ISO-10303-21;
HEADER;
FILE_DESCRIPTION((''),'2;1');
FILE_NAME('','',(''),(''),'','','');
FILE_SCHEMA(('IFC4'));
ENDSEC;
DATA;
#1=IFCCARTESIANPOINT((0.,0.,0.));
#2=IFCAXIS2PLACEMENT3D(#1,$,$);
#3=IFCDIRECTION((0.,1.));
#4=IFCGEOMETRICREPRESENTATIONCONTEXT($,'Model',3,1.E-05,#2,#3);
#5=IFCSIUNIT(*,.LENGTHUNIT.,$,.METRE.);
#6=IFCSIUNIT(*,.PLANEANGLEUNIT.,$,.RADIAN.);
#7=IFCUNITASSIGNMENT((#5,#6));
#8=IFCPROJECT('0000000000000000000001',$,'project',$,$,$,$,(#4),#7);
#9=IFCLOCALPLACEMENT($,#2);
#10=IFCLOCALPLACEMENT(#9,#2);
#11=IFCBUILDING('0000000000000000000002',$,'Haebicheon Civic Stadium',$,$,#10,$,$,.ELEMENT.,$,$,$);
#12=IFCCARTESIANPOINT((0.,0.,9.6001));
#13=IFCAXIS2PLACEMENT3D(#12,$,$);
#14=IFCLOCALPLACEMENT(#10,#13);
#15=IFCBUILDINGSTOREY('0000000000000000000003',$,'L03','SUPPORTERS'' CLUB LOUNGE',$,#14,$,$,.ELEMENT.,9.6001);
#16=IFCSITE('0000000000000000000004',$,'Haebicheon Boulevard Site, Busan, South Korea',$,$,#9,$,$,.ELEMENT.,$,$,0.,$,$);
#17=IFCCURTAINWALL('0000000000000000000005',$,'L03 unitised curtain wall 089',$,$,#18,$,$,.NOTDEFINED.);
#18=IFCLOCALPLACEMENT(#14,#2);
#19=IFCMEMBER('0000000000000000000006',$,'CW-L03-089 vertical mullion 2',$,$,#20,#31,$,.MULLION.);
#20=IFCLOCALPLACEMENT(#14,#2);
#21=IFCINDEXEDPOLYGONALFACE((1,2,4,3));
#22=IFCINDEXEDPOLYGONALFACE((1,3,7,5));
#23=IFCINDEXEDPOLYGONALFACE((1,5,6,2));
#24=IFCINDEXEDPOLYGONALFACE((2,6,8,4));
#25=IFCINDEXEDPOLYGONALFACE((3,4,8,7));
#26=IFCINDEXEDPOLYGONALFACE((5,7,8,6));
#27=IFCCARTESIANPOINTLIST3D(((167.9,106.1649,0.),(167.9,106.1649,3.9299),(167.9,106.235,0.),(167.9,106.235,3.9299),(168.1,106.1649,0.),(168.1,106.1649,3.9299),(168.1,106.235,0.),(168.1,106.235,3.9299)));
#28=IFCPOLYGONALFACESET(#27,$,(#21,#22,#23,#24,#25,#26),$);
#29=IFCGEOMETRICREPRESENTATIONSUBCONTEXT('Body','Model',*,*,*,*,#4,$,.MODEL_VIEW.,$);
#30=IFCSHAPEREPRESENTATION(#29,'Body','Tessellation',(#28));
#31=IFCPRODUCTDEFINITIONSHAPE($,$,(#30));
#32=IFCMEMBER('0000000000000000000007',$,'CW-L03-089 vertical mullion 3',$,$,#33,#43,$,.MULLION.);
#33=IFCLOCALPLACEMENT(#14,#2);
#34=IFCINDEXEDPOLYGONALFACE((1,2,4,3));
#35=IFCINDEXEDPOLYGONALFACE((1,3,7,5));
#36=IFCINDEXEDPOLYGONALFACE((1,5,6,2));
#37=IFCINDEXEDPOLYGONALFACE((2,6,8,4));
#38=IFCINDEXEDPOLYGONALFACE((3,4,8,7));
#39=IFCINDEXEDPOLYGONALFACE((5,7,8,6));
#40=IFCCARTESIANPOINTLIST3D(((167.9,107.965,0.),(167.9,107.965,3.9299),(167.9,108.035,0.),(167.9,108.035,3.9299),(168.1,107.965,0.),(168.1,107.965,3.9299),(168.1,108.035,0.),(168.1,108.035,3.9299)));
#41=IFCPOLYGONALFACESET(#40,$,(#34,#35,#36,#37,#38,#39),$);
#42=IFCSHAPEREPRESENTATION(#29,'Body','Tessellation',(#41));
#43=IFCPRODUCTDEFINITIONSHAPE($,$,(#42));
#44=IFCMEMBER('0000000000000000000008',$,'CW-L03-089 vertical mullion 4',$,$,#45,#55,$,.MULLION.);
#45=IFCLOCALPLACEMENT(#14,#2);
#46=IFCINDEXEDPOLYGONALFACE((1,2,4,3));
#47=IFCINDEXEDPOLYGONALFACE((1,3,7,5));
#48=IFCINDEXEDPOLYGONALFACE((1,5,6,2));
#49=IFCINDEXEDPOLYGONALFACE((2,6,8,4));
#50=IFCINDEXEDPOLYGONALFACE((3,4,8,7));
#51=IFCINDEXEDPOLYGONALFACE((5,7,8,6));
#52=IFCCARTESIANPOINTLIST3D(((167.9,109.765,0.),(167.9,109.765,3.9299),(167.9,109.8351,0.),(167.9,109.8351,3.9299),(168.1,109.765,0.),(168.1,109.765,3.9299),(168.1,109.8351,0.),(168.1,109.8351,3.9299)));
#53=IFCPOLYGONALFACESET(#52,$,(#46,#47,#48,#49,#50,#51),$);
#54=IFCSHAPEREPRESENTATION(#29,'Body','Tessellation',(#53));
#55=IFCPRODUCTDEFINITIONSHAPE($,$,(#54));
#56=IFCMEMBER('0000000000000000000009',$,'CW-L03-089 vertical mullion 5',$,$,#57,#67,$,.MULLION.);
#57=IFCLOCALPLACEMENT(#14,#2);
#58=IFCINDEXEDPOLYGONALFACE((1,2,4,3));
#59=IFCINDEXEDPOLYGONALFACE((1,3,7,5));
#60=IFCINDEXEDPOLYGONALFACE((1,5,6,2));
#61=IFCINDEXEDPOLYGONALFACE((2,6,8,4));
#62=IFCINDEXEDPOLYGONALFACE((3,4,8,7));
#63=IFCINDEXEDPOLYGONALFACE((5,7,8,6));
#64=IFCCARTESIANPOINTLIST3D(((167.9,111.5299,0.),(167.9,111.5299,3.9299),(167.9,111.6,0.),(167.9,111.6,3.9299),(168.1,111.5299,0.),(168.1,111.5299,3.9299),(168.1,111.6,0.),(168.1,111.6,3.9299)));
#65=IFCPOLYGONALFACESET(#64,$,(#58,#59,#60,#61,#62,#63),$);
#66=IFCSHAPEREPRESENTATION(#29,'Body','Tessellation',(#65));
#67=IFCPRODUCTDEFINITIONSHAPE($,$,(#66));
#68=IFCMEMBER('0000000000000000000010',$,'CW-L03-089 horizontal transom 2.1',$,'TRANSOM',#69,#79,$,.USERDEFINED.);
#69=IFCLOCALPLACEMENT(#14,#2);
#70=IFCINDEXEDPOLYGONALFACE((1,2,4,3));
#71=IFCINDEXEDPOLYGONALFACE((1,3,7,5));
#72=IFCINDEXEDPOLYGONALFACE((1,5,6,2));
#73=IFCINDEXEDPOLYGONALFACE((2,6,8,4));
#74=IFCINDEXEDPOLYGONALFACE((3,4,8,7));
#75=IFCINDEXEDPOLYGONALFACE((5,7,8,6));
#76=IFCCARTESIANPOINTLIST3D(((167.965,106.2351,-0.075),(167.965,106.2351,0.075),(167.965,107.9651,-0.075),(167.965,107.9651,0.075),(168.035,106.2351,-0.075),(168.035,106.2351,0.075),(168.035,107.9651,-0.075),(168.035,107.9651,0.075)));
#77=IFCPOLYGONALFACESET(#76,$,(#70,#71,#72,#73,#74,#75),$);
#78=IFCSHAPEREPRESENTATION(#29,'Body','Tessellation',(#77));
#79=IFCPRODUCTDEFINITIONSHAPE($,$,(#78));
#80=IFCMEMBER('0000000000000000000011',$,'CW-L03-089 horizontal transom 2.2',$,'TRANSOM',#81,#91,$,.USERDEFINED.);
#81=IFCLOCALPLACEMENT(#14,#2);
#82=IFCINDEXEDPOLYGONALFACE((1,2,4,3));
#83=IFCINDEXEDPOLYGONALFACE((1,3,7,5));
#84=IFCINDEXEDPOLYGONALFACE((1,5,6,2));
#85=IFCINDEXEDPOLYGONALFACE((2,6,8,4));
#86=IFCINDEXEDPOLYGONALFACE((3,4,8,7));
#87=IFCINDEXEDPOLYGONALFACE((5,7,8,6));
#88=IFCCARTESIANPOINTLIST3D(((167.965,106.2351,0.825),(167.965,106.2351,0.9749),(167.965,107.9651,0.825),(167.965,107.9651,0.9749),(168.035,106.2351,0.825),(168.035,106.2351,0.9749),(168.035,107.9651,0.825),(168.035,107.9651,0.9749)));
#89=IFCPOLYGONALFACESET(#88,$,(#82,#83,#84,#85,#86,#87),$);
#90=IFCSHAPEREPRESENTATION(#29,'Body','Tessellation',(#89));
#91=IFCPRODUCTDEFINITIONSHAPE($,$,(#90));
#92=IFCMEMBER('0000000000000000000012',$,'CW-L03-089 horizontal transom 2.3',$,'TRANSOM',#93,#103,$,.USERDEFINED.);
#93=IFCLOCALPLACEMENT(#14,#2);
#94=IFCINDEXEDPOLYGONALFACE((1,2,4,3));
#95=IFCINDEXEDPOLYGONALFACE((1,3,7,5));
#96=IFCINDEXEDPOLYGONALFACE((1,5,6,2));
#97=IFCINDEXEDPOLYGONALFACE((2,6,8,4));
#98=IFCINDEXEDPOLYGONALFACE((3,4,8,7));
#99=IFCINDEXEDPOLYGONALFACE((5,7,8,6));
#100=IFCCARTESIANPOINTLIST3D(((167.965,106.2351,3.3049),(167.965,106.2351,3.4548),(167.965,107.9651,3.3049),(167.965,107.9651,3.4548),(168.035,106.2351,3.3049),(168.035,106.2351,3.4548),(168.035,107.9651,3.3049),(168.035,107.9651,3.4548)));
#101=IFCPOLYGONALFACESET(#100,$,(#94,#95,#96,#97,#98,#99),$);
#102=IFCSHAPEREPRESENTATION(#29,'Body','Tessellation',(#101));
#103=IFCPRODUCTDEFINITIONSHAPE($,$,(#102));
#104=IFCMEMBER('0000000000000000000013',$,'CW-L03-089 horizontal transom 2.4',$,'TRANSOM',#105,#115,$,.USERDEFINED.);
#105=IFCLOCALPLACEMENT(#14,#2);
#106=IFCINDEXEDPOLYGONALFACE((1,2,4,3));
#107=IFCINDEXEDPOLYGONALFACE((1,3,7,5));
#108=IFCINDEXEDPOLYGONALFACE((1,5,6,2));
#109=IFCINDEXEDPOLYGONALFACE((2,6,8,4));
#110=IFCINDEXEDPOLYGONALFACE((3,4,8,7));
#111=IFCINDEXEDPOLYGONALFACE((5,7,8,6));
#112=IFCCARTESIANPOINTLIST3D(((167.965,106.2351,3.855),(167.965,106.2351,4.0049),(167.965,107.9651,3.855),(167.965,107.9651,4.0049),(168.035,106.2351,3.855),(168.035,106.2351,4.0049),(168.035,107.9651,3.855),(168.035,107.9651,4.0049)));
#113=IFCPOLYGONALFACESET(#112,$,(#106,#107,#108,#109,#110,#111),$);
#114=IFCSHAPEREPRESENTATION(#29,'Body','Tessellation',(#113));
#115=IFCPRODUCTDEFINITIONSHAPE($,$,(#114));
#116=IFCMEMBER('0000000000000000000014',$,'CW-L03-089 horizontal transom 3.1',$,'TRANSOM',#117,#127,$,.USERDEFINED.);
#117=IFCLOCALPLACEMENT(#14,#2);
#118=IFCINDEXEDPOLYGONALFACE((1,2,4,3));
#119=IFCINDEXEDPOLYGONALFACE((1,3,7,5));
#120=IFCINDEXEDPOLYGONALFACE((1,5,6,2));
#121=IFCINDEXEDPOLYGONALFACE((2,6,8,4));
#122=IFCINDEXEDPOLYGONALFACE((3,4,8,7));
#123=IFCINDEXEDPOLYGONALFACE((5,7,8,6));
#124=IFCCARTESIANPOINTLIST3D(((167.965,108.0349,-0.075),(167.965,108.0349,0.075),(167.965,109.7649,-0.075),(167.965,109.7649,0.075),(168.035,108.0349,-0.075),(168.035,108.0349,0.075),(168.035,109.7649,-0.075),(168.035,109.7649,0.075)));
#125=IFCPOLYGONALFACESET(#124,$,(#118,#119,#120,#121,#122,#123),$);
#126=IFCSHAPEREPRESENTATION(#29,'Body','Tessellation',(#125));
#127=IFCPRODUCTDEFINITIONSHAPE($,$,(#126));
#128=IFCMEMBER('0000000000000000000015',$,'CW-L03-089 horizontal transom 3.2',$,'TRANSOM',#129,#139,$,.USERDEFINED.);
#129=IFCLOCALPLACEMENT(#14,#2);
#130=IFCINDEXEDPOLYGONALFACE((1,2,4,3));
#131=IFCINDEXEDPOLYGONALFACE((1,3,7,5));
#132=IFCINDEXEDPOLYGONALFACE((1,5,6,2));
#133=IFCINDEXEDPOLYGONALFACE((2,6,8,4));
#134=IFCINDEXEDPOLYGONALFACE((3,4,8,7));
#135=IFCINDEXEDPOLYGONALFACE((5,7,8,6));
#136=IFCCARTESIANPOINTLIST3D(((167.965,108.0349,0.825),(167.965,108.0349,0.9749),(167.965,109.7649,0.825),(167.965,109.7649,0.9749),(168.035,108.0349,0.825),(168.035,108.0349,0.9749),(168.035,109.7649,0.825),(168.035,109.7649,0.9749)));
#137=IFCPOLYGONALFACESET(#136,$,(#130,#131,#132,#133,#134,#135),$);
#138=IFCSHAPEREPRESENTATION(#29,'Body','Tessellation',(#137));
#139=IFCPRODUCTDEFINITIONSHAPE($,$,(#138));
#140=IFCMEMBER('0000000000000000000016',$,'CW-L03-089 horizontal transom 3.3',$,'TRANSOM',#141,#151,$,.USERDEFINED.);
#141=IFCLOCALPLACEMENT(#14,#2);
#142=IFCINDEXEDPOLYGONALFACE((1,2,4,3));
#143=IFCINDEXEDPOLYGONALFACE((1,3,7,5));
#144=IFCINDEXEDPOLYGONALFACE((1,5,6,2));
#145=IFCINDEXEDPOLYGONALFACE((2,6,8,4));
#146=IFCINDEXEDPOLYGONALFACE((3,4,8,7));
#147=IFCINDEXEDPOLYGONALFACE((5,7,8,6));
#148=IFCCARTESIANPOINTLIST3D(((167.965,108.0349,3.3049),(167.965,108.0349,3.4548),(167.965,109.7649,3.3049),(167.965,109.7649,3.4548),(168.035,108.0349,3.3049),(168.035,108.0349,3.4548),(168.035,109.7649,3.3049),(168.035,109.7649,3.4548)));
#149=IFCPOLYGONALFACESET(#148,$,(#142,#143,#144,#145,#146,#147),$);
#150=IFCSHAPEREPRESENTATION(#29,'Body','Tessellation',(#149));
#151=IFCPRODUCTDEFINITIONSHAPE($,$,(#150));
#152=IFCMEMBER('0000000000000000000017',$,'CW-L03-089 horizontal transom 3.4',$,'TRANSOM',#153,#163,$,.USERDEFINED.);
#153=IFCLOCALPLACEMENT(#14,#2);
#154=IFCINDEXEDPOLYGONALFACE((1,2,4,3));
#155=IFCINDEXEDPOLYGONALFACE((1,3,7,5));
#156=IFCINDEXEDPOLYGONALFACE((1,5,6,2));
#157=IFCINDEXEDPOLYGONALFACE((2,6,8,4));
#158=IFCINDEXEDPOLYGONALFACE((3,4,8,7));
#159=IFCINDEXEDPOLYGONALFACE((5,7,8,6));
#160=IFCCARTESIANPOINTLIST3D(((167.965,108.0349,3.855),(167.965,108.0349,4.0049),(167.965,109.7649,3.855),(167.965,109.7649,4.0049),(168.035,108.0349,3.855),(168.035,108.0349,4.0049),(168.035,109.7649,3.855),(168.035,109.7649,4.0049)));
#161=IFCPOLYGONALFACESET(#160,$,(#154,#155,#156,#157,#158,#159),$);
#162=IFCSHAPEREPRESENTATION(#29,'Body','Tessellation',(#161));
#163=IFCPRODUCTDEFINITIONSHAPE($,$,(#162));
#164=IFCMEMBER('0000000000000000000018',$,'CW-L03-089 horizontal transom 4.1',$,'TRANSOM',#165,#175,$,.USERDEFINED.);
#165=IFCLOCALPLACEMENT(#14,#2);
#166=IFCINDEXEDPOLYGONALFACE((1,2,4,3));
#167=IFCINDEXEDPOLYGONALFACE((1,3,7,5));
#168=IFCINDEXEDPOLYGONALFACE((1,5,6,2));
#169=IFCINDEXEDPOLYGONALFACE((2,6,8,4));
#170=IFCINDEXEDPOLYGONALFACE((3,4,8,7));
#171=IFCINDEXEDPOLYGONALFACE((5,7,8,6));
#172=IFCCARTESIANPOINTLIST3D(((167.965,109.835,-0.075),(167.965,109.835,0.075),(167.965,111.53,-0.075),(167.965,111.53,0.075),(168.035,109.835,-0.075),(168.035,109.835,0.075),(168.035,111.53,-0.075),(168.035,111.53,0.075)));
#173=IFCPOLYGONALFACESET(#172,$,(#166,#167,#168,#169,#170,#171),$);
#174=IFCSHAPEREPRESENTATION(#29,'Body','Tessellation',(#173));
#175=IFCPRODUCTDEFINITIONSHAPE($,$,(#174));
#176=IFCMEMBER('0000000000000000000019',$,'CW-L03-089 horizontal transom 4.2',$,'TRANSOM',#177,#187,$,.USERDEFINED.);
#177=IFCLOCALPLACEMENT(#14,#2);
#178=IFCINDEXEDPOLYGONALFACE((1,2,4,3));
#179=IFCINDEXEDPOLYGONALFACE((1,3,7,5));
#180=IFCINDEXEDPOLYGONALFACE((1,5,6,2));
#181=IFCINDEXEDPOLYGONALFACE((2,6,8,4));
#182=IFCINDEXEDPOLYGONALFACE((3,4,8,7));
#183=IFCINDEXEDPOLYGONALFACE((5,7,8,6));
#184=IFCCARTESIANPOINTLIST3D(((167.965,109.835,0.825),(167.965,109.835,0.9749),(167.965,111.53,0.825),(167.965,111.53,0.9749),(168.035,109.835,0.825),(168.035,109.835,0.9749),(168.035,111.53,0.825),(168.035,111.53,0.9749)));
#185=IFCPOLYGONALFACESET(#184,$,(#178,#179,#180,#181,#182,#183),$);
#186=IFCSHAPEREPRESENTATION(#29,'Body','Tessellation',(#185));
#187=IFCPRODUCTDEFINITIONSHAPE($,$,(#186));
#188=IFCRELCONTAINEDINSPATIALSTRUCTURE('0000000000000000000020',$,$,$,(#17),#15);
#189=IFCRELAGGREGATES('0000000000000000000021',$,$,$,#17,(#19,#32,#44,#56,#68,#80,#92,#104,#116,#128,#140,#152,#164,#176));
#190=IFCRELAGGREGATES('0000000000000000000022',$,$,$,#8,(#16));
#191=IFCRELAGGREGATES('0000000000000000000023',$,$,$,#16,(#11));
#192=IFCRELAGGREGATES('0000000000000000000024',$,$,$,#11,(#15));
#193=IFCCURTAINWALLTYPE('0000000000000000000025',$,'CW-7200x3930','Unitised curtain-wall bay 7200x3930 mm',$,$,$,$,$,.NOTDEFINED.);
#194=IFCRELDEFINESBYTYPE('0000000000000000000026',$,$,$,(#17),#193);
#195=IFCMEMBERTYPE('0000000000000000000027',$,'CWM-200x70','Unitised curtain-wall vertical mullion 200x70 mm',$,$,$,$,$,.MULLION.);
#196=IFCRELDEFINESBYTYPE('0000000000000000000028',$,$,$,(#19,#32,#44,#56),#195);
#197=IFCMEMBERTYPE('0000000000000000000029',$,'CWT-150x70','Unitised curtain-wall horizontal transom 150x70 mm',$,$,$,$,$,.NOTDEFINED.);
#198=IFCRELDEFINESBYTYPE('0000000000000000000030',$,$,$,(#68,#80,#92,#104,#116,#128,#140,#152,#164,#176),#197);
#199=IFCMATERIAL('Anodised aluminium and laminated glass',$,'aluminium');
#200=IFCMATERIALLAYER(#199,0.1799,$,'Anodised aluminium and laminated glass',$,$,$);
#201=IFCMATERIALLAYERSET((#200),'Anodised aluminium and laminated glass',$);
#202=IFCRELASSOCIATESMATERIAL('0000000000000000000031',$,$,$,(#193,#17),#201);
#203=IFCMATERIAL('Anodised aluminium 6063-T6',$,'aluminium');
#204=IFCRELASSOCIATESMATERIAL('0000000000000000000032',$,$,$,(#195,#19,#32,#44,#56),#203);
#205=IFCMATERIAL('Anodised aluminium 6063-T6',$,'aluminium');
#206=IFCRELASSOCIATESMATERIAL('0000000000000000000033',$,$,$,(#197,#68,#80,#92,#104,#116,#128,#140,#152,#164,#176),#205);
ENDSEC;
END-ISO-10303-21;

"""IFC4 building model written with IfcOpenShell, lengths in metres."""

from ifc_helpers import new_model, si_unit, direction, frame, origin, origin_2d, place, context, subcontext, project, spatial, rectangle, extrude, material, layer, layer_set, material_profile, profile_set, type_object, element, aggregate, save


model = new_model("IFC4")

# Units and contexts
model_context = context("Model", 3, precision=1e-05, world=origin(), true_north=direction((0.0, 1.0)))
body_context = subcontext(model_context, "Body", "Model", "MODEL_VIEW")
ifc_project = project(units=[si_unit("LENGTHUNIT", "METRE"), si_unit("PLANEANGLEUNIT", "RADIAN")], contexts=[model_context])

# Site, building, storey
site_placement = place(None, origin())
site = spatial("IfcSite", under=ifc_project, at=site_placement, Name="Haebicheon Boulevard Site, Busan, South Korea", CompositionType="ELEMENT", RefElevation=0.0)
building_placement = place(site_placement, origin())
building = spatial("IfcBuilding", under=site, at=building_placement, Name="Haebicheon Civic Stadium", CompositionType="ELEMENT")
storey_placement = place(building_placement, frame((0.0, 0.0, 9.6001)))
storey = spatial("IfcBuildingStorey", under=building, at=storey_placement, Name="L03", Description="SUPPORTERS' CLUB LOUNGE", CompositionType="ELEMENT", Elevation=9.6001)

# Curtain wall, members
ifc_material_1 = material(Name="Anodised aluminium and laminated glass", Category="aluminium")
ifc_layer_1 = layer(ifc_material_1, 0.1799, Name="Anodised aluminium and laminated glass")
ifc_layer_set_1 = layer_set([ifc_layer_1], Name="Anodised aluminium and laminated glass")
curtain_wall_type = type_object("IfcCurtainWallType", Name="CW-7200x3930", Description="Unitised curtain-wall bay 7200x3930 mm", PredefinedType="NOTDEFINED", material=ifc_layer_set_1)
curtain_wall_placement = place(storey_placement, origin())
curtain_wall = element("IfcCurtainWall", 1, at=curtain_wall_placement, inside=storey, type_object=curtain_wall_type, material=ifc_layer_set_1, Name="L03 unitised curtain wall 089", PredefinedType="NOTDEFINED")
ifc_material_2 = material(Name="Anodised aluminium 6063-T6", Category="aluminium")
ifc_material_profile_1 = material_profile(ifc_material_2, rectangle(XDim=0.0701, YDim=0.2, at=origin_2d()), Name="ALU-MULL-70x200")
ifc_profile_set_1 = profile_set([ifc_material_profile_1], Name="Anodised aluminium 6063-T6")
member_type_1 = type_object("IfcMemberType", Name="CWM-200x70", Description="Unitised curtain-wall vertical mullion 200x70 mm", PredefinedType="MULLION", material=ifc_profile_set_1)
member_1_placement = place(storey_placement, frame((168.0, 106.2, 0.0), z_axis=(0.0, 0.0, 1.0), x_axis=(0.0, 1.0, 0.0)))
member_1 = element("IfcMember", 2, at=member_1_placement, type_object=member_type_1, material=ifc_profile_set_1, Name="CW-L03-089 vertical mullion 2", PredefinedType="MULLION", context=body_context, shape_type="SweptSolid", body=[
    extrude(rectangle(XDim=0.0701, YDim=0.2, at=origin_2d()), origin(), (0.0, 0.0, 1.0), 3.9299),
])
member_2_placement = place(storey_placement, frame((168.0, 108.0, 0.0), z_axis=(0.0, 0.0, 1.0), x_axis=(0.0, 1.0, 0.0)))
member_2 = element("IfcMember", 3, at=member_2_placement, type_object=member_type_1, material=ifc_profile_set_1, Name="CW-L03-089 vertical mullion 3", PredefinedType="MULLION", context=body_context, shape_type="SweptSolid", body=[
    extrude(rectangle(XDim=0.0701, YDim=0.2, at=origin_2d()), origin(), (0.0, 0.0, 1.0), 3.9299),
])
member_3_placement = place(storey_placement, frame((168.0, 109.8, 0.0), z_axis=(0.0, 0.0, 1.0), x_axis=(0.0, 1.0, 0.0)))
member_3 = element("IfcMember", 4, at=member_3_placement, type_object=member_type_1, material=ifc_profile_set_1, Name="CW-L03-089 vertical mullion 4", PredefinedType="MULLION", context=body_context, shape_type="SweptSolid", body=[
    extrude(rectangle(XDim=0.0701, YDim=0.2, at=origin_2d()), origin(), (0.0, 0.0, 1.0), 3.9299),
])
member_4_placement = place(storey_placement, frame((168.0, 111.5649, 0.0), z_axis=(0.0, 0.0, 1.0), x_axis=(0.0, 1.0, 0.0)))
member_4 = element("IfcMember", 5, at=member_4_placement, type_object=member_type_1, material=ifc_profile_set_1, Name="CW-L03-089 vertical mullion 5", PredefinedType="MULLION", context=body_context, shape_type="SweptSolid", body=[
    extrude(rectangle(XDim=0.0701, YDim=0.2, at=origin_2d()), origin(), (0.0, 0.0, 1.0), 3.9299),
])
ifc_material_3 = material(Name="Anodised aluminium 6063-T6", Category="aluminium")
ifc_material_profile_2 = material_profile(ifc_material_3, rectangle(XDim=0.0701, YDim=0.1499, at=origin_2d()), Name="ALU-TRAN-70x150")
ifc_profile_set_2 = profile_set([ifc_material_profile_2], Name="Anodised aluminium 6063-T6")
member_type_2 = type_object("IfcMemberType", Name="CWT-150x70", Description="Unitised curtain-wall horizontal transom 150x70 mm", PredefinedType="NOTDEFINED", material=ifc_profile_set_2)
member_5_placement = place(storey_placement, frame((168.0, 106.2351, 0.0), z_axis=(0.0, 1.0, 0.0), x_axis=(-1.0, 0.0, 0.0)))
member_5 = element("IfcMember", 6, at=member_5_placement, type_object=member_type_2, material=ifc_profile_set_2, Name="CW-L03-089 horizontal transom 2.1", ObjectType="TRANSOM", PredefinedType="USERDEFINED", context=body_context, shape_type="SweptSolid", body=[
    extrude(rectangle(XDim=0.0701, YDim=0.1499, at=origin_2d()), origin(), (0.0, 0.0, 1.0), 1.73),
])
member_6_placement = place(storey_placement, frame((168.0, 106.2351, 0.8999), z_axis=(0.0, 1.0, 0.0), x_axis=(-1.0, 0.0, 0.0)))
member_6 = element("IfcMember", 7, at=member_6_placement, type_object=member_type_2, material=ifc_profile_set_2, Name="CW-L03-089 horizontal transom 2.2", ObjectType="TRANSOM", PredefinedType="USERDEFINED", context=body_context, shape_type="SweptSolid", body=[
    extrude(rectangle(XDim=0.0701, YDim=0.1499, at=origin_2d()), origin(), (0.0, 0.0, 1.0), 1.73),
])
member_7_placement = place(storey_placement, frame((168.0, 106.2351, 3.3799), z_axis=(0.0, 1.0, 0.0), x_axis=(-1.0, 0.0, 0.0)))
member_7 = element("IfcMember", 8, at=member_7_placement, type_object=member_type_2, material=ifc_profile_set_2, Name="CW-L03-089 horizontal transom 2.3", ObjectType="TRANSOM", PredefinedType="USERDEFINED", context=body_context, shape_type="SweptSolid", body=[
    extrude(rectangle(XDim=0.0701, YDim=0.1499, at=origin_2d()), origin(), (0.0, 0.0, 1.0), 1.73),
])
member_8_placement = place(storey_placement, frame((168.0, 106.2351, 3.9299), z_axis=(0.0, 1.0, 0.0), x_axis=(-1.0, 0.0, 0.0)))
member_8 = element("IfcMember", 9, at=member_8_placement, type_object=member_type_2, material=ifc_profile_set_2, Name="CW-L03-089 horizontal transom 2.4", ObjectType="TRANSOM", PredefinedType="USERDEFINED", context=body_context, shape_type="SweptSolid", body=[
    extrude(rectangle(XDim=0.0701, YDim=0.1499, at=origin_2d()), origin(), (0.0, 0.0, 1.0), 1.73),
])
member_9_placement = place(storey_placement, frame((168.0, 108.0349, 0.0), z_axis=(0.0, 1.0, 0.0), x_axis=(-1.0, 0.0, 0.0)))
member_9 = element("IfcMember", 10, at=member_9_placement, type_object=member_type_2, material=ifc_profile_set_2, Name="CW-L03-089 horizontal transom 3.1", ObjectType="TRANSOM", PredefinedType="USERDEFINED", context=body_context, shape_type="SweptSolid", body=[
    extrude(rectangle(XDim=0.0701, YDim=0.1499, at=origin_2d()), origin(), (0.0, 0.0, 1.0), 1.73),
])
member_10_placement = place(storey_placement, frame((168.0, 108.0349, 0.8999), z_axis=(0.0, 1.0, 0.0), x_axis=(-1.0, 0.0, 0.0)))
member_10 = element("IfcMember", 11, at=member_10_placement, type_object=member_type_2, material=ifc_profile_set_2, Name="CW-L03-089 horizontal transom 3.2", ObjectType="TRANSOM", PredefinedType="USERDEFINED", context=body_context, shape_type="SweptSolid", body=[
    extrude(rectangle(XDim=0.0701, YDim=0.1499, at=origin_2d()), origin(), (0.0, 0.0, 1.0), 1.73),
])
member_11_placement = place(storey_placement, frame((168.0, 108.0349, 3.3799), z_axis=(0.0, 1.0, 0.0), x_axis=(-1.0, 0.0, 0.0)))
member_11 = element("IfcMember", 12, at=member_11_placement, type_object=member_type_2, material=ifc_profile_set_2, Name="CW-L03-089 horizontal transom 3.3", ObjectType="TRANSOM", PredefinedType="USERDEFINED", context=body_context, shape_type="SweptSolid", body=[
    extrude(rectangle(XDim=0.0701, YDim=0.1499, at=origin_2d()), origin(), (0.0, 0.0, 1.0), 1.73),
])
member_12_placement = place(storey_placement, frame((168.0, 108.0349, 3.9299), z_axis=(0.0, 1.0, 0.0), x_axis=(-1.0, 0.0, 0.0)))
member_12 = element("IfcMember", 13, at=member_12_placement, type_object=member_type_2, material=ifc_profile_set_2, Name="CW-L03-089 horizontal transom 3.4", ObjectType="TRANSOM", PredefinedType="USERDEFINED", context=body_context, shape_type="SweptSolid", body=[
    extrude(rectangle(XDim=0.0701, YDim=0.1499, at=origin_2d()), origin(), (0.0, 0.0, 1.0), 1.73),
])
member_13_placement = place(storey_placement, frame((168.0, 109.835, 0.0), z_axis=(0.0, 1.0, 0.0), x_axis=(-1.0, 0.0, 0.0)))
member_13 = element("IfcMember", 14, at=member_13_placement, type_object=member_type_2, material=ifc_profile_set_2, Name="CW-L03-089 horizontal transom 4.1", ObjectType="TRANSOM", PredefinedType="USERDEFINED", context=body_context, shape_type="SweptSolid", body=[
    extrude(rectangle(XDim=0.0701, YDim=0.1499, at=origin_2d()), origin(), (0.0, 0.0, 1.0), 1.6951),
])
member_14_placement = place(storey_placement, frame((168.0, 109.835, 0.8999), z_axis=(0.0, 1.0, 0.0), x_axis=(-1.0, 0.0, 0.0)))
member_14 = element("IfcMember", 15, at=member_14_placement, type_object=member_type_2, material=ifc_profile_set_2, Name="CW-L03-089 horizontal transom 4.2", ObjectType="TRANSOM", PredefinedType="USERDEFINED", context=body_context, shape_type="SweptSolid", body=[
    extrude(rectangle(XDim=0.0701, YDim=0.1499, at=origin_2d()), origin(), (0.0, 0.0, 1.0), 1.6951),
])

aggregate(curtain_wall, [member_1, member_2, member_3, member_4, member_5, member_6, member_7, member_8, member_9, member_10, member_11, member_12, member_13, member_14])

save(model, "model.ifc")
